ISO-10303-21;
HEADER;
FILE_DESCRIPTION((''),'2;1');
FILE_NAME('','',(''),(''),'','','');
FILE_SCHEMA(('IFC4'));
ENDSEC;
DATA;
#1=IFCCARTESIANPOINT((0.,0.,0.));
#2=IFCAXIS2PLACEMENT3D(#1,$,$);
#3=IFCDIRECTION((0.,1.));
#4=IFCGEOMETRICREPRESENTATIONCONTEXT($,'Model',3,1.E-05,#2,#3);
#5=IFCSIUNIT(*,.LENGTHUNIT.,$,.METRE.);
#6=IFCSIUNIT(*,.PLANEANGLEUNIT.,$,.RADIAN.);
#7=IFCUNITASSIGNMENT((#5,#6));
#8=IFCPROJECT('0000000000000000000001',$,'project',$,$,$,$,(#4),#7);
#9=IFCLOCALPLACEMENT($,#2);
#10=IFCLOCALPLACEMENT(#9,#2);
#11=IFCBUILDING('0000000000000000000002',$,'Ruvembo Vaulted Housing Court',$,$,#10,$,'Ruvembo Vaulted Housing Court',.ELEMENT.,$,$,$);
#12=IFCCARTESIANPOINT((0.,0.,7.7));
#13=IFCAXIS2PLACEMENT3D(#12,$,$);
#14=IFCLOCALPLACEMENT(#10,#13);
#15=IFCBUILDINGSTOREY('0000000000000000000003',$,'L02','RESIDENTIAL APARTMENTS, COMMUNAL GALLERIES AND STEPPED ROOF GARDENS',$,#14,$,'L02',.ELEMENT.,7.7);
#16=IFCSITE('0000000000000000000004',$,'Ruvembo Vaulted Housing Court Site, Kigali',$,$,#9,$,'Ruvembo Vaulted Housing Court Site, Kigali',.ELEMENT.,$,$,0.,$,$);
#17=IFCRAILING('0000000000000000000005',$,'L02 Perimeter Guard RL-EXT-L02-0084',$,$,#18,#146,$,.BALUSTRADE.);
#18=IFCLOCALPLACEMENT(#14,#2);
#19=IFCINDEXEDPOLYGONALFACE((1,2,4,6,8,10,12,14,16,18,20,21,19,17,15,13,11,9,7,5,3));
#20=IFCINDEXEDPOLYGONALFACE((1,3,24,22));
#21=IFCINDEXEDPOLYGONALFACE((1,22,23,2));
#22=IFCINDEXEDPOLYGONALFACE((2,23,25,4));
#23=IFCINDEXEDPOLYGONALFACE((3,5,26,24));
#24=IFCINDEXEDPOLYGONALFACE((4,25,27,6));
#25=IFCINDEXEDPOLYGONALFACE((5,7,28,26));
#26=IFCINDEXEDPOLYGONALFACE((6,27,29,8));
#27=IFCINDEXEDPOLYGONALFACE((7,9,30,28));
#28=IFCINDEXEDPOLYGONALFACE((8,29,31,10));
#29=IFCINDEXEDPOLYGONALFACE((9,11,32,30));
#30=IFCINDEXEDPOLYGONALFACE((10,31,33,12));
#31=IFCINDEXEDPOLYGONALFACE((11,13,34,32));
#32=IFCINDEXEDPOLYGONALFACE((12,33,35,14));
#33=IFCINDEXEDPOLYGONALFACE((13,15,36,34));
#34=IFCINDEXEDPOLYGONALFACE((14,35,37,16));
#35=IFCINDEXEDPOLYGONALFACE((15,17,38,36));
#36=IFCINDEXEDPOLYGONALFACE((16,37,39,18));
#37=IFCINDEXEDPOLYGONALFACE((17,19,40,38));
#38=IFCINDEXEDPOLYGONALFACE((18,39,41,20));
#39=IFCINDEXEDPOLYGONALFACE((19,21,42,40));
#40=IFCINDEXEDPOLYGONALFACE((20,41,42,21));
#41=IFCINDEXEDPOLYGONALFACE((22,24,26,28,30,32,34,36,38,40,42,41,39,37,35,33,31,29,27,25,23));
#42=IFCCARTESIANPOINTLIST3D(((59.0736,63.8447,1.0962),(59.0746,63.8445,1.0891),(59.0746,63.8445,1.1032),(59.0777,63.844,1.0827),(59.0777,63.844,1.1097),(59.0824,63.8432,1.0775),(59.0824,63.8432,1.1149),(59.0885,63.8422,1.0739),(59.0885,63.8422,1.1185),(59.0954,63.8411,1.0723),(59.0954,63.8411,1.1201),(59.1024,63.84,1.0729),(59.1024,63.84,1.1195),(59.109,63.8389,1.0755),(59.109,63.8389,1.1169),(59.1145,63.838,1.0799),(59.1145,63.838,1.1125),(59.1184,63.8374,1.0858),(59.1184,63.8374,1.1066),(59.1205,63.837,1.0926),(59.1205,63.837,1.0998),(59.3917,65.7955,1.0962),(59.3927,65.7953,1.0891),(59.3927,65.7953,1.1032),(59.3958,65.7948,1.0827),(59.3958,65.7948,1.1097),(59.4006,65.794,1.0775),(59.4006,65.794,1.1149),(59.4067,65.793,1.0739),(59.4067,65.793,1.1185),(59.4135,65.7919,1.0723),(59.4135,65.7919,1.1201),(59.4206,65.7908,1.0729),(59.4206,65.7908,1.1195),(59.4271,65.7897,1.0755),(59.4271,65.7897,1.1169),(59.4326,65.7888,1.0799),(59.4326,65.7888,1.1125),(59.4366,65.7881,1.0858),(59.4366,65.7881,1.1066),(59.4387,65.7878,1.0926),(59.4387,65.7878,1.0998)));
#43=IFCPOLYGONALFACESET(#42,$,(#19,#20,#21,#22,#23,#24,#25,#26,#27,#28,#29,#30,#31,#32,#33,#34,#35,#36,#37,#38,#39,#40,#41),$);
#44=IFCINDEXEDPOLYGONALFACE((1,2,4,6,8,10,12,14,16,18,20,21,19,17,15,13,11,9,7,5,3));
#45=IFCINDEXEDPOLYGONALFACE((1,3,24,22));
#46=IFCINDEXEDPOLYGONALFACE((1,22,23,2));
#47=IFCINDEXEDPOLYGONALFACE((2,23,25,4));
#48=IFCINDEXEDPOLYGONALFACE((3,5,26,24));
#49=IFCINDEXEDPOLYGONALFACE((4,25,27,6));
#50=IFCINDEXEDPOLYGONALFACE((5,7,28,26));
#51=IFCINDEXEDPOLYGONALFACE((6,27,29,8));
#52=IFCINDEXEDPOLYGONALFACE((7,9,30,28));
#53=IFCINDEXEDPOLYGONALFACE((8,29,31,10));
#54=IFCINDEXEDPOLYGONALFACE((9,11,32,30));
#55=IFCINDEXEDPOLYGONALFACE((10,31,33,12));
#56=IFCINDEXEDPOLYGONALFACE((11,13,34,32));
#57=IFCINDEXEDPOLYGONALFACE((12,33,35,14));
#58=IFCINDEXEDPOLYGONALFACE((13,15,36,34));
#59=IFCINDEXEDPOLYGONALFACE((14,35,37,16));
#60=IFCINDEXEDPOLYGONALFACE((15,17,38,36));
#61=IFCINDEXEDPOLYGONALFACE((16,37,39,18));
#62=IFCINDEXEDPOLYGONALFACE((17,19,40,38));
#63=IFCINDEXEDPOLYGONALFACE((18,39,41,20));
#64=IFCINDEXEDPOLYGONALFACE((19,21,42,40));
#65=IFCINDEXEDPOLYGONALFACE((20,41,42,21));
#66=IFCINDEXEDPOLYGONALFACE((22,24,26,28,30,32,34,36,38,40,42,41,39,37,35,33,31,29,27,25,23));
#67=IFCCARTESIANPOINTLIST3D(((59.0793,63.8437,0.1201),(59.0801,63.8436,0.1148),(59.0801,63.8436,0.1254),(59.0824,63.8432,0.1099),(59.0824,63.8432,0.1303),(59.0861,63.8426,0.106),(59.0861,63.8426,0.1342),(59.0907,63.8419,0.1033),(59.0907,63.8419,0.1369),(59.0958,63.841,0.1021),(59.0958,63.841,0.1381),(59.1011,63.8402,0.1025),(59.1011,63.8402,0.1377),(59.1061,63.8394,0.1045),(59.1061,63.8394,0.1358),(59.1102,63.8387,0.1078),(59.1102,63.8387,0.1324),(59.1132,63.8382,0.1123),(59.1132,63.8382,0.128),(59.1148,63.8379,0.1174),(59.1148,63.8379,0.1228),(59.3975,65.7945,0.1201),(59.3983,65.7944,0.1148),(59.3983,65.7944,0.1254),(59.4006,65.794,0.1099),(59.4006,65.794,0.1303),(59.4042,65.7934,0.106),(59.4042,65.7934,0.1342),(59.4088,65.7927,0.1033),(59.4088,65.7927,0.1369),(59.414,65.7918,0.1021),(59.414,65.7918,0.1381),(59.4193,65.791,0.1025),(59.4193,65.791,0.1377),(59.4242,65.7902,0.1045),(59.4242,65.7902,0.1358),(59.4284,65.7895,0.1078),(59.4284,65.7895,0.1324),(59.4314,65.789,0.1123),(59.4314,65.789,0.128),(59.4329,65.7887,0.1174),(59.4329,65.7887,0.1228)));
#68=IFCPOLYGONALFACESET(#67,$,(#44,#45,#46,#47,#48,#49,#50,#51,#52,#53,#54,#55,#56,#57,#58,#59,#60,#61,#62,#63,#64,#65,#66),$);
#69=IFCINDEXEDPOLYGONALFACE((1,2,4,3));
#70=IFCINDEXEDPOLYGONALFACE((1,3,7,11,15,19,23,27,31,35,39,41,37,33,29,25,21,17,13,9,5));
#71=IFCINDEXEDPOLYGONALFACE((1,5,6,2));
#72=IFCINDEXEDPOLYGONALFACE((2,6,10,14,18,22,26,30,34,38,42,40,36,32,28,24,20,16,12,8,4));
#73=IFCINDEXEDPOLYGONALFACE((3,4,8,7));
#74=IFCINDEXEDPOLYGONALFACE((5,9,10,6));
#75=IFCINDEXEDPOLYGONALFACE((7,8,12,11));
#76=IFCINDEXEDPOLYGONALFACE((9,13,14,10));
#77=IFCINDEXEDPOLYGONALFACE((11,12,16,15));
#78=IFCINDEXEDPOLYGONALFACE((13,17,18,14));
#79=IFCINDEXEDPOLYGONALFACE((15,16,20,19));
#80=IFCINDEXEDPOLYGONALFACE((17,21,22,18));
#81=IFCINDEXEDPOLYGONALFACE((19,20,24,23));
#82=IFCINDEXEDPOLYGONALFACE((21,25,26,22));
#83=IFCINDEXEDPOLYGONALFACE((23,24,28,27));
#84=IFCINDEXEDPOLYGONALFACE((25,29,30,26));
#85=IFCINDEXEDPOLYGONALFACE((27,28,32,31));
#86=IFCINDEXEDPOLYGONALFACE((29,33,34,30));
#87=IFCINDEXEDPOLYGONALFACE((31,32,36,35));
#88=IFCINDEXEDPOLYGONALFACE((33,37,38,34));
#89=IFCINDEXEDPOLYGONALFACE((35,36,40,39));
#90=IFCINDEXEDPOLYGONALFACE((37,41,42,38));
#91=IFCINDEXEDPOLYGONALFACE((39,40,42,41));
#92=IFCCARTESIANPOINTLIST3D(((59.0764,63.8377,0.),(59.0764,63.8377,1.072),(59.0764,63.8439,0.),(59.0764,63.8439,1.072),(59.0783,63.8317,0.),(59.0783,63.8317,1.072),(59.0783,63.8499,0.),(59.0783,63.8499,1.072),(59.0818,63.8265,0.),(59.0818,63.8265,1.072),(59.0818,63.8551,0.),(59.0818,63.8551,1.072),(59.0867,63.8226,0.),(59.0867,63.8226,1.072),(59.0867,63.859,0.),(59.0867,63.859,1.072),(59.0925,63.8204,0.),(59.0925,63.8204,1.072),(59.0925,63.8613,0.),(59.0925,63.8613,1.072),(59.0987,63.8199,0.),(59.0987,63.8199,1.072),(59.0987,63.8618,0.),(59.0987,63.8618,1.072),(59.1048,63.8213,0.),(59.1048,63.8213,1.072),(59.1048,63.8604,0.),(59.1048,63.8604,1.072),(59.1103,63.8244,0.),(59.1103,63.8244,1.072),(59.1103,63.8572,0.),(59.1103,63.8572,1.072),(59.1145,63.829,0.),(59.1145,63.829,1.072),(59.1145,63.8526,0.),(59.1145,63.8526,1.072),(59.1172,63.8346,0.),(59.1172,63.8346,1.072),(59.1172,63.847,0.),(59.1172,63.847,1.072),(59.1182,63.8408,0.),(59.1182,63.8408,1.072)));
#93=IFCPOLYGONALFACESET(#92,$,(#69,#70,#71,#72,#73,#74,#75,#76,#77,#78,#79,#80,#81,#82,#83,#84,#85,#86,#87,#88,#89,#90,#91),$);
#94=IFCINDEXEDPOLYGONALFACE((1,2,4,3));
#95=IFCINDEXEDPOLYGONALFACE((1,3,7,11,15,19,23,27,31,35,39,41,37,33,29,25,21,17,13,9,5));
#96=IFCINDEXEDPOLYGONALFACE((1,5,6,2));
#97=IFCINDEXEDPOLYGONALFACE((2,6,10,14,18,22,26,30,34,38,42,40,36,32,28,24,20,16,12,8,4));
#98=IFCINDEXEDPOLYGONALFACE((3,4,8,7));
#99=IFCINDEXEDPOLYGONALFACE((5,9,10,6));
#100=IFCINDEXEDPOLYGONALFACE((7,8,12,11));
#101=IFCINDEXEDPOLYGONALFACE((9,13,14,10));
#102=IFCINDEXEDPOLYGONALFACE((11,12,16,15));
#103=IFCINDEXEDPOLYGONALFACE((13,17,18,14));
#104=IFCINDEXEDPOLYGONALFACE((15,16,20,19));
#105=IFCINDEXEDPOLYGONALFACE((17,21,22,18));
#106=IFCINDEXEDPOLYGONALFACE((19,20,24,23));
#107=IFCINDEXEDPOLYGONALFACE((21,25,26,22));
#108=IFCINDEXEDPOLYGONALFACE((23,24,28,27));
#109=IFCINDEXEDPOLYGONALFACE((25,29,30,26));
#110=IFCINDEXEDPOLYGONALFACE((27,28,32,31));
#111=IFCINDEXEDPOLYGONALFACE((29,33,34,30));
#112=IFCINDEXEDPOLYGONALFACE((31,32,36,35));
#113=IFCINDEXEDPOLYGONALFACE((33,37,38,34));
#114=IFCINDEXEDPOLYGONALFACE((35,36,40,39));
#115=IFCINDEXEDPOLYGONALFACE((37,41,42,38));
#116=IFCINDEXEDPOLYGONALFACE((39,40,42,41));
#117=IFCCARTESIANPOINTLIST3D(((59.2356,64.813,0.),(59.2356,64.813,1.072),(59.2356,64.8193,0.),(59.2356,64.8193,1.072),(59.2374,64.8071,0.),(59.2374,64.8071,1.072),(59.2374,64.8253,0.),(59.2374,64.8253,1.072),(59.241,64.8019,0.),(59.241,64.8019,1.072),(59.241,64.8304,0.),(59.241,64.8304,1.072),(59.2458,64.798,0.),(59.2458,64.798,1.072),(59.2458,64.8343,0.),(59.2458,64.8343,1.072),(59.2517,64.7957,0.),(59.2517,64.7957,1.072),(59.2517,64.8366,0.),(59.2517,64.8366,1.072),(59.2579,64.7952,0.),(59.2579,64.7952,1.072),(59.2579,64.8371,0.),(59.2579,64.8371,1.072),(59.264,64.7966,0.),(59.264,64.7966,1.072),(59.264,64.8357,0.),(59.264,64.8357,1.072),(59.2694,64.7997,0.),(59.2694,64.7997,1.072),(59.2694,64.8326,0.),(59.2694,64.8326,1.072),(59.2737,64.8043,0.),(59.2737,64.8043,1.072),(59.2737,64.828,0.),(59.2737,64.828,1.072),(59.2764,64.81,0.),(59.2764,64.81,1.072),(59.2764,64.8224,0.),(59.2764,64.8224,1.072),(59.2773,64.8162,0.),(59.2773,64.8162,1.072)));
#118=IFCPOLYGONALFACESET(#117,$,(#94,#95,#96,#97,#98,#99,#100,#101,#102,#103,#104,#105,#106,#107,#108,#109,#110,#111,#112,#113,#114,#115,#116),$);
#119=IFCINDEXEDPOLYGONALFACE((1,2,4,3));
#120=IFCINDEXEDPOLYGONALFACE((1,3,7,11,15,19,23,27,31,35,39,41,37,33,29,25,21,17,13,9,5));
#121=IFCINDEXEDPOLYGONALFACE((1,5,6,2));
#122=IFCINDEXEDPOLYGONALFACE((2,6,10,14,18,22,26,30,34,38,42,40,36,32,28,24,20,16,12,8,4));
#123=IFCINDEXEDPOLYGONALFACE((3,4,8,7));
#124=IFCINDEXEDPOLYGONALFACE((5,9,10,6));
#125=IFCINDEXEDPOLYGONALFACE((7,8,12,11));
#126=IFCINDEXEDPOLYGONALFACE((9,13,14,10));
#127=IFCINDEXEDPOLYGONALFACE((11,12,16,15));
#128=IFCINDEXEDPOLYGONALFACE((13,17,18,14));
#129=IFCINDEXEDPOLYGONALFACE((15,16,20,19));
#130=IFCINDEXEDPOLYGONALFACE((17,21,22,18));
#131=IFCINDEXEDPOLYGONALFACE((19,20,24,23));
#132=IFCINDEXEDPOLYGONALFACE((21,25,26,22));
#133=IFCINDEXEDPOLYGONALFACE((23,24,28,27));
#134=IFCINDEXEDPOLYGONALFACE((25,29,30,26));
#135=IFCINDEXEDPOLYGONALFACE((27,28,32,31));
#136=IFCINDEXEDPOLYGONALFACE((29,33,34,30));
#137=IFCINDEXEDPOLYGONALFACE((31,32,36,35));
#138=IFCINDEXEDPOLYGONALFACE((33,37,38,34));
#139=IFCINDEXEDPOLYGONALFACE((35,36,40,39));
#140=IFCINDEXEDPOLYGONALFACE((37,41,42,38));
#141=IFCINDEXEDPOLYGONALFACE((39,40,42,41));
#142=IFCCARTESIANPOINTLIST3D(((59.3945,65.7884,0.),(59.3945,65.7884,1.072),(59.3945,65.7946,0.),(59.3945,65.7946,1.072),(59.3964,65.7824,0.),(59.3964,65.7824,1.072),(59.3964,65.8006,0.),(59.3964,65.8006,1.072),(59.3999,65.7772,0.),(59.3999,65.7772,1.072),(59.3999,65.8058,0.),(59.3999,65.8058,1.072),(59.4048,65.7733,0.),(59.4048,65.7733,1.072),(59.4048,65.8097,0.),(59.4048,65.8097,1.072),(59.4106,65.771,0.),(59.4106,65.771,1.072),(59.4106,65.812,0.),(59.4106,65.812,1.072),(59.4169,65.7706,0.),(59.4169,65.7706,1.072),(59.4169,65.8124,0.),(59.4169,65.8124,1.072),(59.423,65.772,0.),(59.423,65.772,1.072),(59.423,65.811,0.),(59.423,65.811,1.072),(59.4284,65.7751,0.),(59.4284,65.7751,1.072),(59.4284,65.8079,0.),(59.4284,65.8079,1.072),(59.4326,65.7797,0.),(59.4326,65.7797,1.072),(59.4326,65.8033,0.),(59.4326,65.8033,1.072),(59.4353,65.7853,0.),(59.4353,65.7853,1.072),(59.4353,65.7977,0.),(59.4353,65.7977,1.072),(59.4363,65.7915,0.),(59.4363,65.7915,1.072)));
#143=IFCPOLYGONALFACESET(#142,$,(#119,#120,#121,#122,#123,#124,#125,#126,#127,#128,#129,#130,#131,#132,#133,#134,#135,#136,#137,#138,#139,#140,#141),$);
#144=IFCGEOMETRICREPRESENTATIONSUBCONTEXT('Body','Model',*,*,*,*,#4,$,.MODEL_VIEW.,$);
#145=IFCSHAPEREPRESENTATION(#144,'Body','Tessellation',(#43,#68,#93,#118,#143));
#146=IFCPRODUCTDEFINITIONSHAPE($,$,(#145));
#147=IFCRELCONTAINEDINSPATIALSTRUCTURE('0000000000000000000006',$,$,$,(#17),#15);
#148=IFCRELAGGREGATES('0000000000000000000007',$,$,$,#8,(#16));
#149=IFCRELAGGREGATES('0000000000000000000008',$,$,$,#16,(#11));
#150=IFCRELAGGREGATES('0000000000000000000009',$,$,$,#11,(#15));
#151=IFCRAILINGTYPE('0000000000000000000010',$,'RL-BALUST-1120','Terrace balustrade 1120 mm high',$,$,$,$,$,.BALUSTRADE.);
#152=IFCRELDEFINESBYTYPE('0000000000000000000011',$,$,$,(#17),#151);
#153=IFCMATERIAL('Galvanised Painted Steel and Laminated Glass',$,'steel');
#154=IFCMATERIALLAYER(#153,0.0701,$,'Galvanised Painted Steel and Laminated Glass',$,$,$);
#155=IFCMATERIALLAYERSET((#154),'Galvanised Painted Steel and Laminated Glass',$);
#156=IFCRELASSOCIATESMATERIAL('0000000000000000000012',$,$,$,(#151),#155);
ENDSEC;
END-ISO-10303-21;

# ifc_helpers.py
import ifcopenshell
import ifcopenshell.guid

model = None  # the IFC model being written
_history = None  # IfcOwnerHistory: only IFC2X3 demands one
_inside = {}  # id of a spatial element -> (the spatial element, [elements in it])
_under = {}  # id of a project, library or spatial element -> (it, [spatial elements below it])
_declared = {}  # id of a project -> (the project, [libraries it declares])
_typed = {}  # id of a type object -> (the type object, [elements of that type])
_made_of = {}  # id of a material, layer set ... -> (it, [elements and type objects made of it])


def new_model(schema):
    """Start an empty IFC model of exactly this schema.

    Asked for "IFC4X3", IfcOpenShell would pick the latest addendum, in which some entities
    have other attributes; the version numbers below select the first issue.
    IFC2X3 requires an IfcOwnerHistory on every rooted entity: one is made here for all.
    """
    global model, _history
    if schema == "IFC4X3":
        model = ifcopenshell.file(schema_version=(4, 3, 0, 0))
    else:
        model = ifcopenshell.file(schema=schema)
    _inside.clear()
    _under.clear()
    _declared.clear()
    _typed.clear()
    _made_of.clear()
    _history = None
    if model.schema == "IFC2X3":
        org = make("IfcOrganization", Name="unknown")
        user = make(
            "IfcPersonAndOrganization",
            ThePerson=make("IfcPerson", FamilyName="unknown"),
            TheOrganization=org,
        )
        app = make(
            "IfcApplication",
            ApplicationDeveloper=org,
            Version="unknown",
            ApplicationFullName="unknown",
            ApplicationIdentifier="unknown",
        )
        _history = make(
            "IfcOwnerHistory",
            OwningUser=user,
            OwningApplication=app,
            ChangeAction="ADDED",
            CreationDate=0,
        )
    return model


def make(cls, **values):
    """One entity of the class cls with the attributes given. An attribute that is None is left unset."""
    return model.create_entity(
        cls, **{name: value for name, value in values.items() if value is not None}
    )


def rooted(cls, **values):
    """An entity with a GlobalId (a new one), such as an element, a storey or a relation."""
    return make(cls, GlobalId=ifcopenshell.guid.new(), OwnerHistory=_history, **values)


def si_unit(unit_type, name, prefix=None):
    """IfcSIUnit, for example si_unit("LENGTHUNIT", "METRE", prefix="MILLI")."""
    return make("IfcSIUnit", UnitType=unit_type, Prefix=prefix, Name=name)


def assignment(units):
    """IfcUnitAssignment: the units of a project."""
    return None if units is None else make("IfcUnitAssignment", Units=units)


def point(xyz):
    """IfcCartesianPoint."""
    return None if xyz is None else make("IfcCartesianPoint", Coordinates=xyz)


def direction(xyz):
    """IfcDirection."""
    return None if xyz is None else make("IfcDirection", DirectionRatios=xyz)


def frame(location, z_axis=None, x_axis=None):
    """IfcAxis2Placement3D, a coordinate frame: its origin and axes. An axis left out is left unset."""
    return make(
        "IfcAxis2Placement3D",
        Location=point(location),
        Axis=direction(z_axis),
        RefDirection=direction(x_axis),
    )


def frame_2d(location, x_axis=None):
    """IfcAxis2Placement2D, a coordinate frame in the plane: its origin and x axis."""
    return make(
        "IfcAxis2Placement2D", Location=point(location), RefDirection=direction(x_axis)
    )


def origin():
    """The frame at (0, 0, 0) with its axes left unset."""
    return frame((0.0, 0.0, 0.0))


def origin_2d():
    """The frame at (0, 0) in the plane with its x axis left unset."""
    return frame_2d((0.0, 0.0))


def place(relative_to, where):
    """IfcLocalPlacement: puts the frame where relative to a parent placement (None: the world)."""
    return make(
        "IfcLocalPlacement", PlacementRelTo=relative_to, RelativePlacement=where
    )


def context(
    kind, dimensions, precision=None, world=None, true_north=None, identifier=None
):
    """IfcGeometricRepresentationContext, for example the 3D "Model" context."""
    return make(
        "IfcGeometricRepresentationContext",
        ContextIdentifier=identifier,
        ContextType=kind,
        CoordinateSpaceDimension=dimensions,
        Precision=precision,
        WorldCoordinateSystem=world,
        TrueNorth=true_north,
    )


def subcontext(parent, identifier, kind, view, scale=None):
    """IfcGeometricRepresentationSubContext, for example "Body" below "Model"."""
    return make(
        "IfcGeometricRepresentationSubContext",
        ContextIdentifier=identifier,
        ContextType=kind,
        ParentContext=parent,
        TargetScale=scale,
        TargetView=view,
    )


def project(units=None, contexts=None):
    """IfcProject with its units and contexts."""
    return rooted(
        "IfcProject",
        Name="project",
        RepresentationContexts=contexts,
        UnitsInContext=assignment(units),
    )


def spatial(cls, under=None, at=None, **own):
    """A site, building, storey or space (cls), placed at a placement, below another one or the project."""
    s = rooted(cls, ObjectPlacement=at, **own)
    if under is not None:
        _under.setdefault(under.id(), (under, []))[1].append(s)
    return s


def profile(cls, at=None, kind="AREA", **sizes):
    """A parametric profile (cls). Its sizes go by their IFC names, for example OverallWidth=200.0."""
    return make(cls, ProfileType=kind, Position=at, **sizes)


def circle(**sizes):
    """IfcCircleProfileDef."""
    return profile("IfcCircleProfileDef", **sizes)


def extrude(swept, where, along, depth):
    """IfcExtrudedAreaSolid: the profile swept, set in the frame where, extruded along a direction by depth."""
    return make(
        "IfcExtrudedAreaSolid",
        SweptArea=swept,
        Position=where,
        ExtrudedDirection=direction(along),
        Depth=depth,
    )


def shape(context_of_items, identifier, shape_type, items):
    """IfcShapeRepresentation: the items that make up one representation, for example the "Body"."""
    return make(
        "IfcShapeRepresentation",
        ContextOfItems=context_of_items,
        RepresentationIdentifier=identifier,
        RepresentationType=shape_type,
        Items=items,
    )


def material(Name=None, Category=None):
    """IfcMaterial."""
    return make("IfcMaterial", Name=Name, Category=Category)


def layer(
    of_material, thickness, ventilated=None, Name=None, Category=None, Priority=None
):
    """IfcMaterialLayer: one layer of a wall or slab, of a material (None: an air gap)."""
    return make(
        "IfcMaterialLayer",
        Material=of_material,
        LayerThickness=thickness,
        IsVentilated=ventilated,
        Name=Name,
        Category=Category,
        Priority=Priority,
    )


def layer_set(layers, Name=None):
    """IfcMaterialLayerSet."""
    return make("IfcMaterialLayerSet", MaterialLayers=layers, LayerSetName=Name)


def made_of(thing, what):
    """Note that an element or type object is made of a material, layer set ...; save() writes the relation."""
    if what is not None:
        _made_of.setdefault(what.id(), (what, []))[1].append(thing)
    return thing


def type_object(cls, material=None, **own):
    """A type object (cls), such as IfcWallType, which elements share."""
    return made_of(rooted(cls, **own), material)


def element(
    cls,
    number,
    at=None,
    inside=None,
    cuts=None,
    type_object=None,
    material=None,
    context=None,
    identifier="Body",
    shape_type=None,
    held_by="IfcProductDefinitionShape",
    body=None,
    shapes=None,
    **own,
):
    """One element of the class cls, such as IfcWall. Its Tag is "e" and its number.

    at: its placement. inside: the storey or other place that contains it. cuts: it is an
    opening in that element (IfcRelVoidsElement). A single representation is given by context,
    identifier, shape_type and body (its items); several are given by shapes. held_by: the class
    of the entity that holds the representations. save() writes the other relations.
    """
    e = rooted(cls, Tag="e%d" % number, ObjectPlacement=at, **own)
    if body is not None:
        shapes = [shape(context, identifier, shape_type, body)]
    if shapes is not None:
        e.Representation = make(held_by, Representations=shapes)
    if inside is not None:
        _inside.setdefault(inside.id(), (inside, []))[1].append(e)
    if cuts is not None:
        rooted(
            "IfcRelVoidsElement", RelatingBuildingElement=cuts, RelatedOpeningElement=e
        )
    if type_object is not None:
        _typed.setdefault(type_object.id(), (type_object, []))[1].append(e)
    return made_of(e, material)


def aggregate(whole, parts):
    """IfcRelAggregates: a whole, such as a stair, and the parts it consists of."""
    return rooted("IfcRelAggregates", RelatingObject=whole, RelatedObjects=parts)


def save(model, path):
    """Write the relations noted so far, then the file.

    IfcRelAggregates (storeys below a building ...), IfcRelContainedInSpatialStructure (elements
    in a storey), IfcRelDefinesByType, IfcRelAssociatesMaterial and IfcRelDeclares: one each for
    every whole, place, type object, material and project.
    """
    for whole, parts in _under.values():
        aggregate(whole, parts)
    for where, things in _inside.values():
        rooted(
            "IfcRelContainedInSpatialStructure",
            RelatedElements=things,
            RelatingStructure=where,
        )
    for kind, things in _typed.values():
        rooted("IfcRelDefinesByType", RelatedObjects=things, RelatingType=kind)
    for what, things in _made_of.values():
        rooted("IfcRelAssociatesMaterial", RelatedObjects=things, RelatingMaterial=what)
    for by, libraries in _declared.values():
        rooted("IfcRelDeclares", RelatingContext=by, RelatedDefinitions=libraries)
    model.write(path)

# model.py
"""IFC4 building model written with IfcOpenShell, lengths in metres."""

from ifc_helpers import new_model, si_unit, direction, frame, origin, origin_2d, place, context, subcontext, project, spatial, circle, extrude, material, layer, layer_set, type_object, element, save


model = new_model("IFC4")

# Units and contexts
model_context = context("Model", 3, precision=1e-05, world=origin(), true_north=direction((0.0, 1.0)))
body_context = subcontext(model_context, "Body", "Model", "MODEL_VIEW")
ifc_project = project(units=[si_unit("LENGTHUNIT", "METRE"), si_unit("PLANEANGLEUNIT", "RADIAN")], contexts=[model_context])

# Site, building, storey
site_placement = place(None, origin())
site = spatial("IfcSite", under=ifc_project, at=site_placement, Name="Ruvembo Vaulted Housing Court Site, Kigali", LongName="Ruvembo Vaulted Housing Court Site, Kigali", CompositionType="ELEMENT", RefElevation=0.0)
building_placement = place(site_placement, origin())
building = spatial("IfcBuilding", under=site, at=building_placement, Name="Ruvembo Vaulted Housing Court", LongName="Ruvembo Vaulted Housing Court", CompositionType="ELEMENT")
storey_placement = place(building_placement, frame((0.0, 0.0, 7.7)))
storey = spatial("IfcBuildingStorey", under=building, at=storey_placement, Name="L02", Description="RESIDENTIAL APARTMENTS, COMMUNAL GALLERIES AND STEPPED ROOF GARDENS", LongName="L02", CompositionType="ELEMENT", Elevation=7.7)

# Railing
ifc_material_1 = material(Name="Galvanised Painted Steel and Laminated Glass", Category="steel")
ifc_layer_1 = layer(ifc_material_1, 0.0701, Name="Galvanised Painted Steel and Laminated Glass")
ifc_layer_set_1 = layer_set([ifc_layer_1], Name="Galvanised Painted Steel and Laminated Glass")
railing_type = type_object("IfcRailingType", Name="RL-BALUST-1120", Description="Terrace balustrade 1120 mm high", PredefinedType="BALUSTRADE", material=ifc_layer_set_1)
railing_1_placement = place(storey_placement, frame((59.0972, 63.8408, 0.0)))
element("IfcRailing", 1, at=railing_1_placement, inside=storey, type_object=railing_type, Name="L02 Perimeter Guard RL-EXT-L02-0084", PredefinedType="BALUSTRADE", context=body_context, shape_type="SweptSolid", body=[
    extrude(circle(Radius=0.0239, at=origin_2d()), frame((0.0, 0.0, 1.0962), z_axis=(0.160953, 0.986962, 0.0), x_axis=(-0.986962, 0.160953, 0.0)), (0.0, 0.0, 1.0), 1.9766),
    extrude(circle(Radius=0.0181, at=origin_2d()), frame((0.0, 0.0, 0.1201), z_axis=(0.160953, 0.986962, 0.0), x_axis=(-0.986962, 0.160953, 0.0)), (0.0, 0.0, 1.0), 1.9766),
    extrude(circle(Radius=0.021, at=origin_2d()), origin(), (0.0, 0.0, 1.0), 1.072),
    extrude(circle(Radius=0.021, at=origin_2d()), frame((0.1592, 0.9753, 0.0)), (0.0, 0.0, 1.0), 1.072),
    extrude(circle(Radius=0.021, at=origin_2d()), frame((0.3181, 1.9507, 0.0)), (0.0, 0.0, 1.0), 1.072),
])

save(model, "model.ifc")
